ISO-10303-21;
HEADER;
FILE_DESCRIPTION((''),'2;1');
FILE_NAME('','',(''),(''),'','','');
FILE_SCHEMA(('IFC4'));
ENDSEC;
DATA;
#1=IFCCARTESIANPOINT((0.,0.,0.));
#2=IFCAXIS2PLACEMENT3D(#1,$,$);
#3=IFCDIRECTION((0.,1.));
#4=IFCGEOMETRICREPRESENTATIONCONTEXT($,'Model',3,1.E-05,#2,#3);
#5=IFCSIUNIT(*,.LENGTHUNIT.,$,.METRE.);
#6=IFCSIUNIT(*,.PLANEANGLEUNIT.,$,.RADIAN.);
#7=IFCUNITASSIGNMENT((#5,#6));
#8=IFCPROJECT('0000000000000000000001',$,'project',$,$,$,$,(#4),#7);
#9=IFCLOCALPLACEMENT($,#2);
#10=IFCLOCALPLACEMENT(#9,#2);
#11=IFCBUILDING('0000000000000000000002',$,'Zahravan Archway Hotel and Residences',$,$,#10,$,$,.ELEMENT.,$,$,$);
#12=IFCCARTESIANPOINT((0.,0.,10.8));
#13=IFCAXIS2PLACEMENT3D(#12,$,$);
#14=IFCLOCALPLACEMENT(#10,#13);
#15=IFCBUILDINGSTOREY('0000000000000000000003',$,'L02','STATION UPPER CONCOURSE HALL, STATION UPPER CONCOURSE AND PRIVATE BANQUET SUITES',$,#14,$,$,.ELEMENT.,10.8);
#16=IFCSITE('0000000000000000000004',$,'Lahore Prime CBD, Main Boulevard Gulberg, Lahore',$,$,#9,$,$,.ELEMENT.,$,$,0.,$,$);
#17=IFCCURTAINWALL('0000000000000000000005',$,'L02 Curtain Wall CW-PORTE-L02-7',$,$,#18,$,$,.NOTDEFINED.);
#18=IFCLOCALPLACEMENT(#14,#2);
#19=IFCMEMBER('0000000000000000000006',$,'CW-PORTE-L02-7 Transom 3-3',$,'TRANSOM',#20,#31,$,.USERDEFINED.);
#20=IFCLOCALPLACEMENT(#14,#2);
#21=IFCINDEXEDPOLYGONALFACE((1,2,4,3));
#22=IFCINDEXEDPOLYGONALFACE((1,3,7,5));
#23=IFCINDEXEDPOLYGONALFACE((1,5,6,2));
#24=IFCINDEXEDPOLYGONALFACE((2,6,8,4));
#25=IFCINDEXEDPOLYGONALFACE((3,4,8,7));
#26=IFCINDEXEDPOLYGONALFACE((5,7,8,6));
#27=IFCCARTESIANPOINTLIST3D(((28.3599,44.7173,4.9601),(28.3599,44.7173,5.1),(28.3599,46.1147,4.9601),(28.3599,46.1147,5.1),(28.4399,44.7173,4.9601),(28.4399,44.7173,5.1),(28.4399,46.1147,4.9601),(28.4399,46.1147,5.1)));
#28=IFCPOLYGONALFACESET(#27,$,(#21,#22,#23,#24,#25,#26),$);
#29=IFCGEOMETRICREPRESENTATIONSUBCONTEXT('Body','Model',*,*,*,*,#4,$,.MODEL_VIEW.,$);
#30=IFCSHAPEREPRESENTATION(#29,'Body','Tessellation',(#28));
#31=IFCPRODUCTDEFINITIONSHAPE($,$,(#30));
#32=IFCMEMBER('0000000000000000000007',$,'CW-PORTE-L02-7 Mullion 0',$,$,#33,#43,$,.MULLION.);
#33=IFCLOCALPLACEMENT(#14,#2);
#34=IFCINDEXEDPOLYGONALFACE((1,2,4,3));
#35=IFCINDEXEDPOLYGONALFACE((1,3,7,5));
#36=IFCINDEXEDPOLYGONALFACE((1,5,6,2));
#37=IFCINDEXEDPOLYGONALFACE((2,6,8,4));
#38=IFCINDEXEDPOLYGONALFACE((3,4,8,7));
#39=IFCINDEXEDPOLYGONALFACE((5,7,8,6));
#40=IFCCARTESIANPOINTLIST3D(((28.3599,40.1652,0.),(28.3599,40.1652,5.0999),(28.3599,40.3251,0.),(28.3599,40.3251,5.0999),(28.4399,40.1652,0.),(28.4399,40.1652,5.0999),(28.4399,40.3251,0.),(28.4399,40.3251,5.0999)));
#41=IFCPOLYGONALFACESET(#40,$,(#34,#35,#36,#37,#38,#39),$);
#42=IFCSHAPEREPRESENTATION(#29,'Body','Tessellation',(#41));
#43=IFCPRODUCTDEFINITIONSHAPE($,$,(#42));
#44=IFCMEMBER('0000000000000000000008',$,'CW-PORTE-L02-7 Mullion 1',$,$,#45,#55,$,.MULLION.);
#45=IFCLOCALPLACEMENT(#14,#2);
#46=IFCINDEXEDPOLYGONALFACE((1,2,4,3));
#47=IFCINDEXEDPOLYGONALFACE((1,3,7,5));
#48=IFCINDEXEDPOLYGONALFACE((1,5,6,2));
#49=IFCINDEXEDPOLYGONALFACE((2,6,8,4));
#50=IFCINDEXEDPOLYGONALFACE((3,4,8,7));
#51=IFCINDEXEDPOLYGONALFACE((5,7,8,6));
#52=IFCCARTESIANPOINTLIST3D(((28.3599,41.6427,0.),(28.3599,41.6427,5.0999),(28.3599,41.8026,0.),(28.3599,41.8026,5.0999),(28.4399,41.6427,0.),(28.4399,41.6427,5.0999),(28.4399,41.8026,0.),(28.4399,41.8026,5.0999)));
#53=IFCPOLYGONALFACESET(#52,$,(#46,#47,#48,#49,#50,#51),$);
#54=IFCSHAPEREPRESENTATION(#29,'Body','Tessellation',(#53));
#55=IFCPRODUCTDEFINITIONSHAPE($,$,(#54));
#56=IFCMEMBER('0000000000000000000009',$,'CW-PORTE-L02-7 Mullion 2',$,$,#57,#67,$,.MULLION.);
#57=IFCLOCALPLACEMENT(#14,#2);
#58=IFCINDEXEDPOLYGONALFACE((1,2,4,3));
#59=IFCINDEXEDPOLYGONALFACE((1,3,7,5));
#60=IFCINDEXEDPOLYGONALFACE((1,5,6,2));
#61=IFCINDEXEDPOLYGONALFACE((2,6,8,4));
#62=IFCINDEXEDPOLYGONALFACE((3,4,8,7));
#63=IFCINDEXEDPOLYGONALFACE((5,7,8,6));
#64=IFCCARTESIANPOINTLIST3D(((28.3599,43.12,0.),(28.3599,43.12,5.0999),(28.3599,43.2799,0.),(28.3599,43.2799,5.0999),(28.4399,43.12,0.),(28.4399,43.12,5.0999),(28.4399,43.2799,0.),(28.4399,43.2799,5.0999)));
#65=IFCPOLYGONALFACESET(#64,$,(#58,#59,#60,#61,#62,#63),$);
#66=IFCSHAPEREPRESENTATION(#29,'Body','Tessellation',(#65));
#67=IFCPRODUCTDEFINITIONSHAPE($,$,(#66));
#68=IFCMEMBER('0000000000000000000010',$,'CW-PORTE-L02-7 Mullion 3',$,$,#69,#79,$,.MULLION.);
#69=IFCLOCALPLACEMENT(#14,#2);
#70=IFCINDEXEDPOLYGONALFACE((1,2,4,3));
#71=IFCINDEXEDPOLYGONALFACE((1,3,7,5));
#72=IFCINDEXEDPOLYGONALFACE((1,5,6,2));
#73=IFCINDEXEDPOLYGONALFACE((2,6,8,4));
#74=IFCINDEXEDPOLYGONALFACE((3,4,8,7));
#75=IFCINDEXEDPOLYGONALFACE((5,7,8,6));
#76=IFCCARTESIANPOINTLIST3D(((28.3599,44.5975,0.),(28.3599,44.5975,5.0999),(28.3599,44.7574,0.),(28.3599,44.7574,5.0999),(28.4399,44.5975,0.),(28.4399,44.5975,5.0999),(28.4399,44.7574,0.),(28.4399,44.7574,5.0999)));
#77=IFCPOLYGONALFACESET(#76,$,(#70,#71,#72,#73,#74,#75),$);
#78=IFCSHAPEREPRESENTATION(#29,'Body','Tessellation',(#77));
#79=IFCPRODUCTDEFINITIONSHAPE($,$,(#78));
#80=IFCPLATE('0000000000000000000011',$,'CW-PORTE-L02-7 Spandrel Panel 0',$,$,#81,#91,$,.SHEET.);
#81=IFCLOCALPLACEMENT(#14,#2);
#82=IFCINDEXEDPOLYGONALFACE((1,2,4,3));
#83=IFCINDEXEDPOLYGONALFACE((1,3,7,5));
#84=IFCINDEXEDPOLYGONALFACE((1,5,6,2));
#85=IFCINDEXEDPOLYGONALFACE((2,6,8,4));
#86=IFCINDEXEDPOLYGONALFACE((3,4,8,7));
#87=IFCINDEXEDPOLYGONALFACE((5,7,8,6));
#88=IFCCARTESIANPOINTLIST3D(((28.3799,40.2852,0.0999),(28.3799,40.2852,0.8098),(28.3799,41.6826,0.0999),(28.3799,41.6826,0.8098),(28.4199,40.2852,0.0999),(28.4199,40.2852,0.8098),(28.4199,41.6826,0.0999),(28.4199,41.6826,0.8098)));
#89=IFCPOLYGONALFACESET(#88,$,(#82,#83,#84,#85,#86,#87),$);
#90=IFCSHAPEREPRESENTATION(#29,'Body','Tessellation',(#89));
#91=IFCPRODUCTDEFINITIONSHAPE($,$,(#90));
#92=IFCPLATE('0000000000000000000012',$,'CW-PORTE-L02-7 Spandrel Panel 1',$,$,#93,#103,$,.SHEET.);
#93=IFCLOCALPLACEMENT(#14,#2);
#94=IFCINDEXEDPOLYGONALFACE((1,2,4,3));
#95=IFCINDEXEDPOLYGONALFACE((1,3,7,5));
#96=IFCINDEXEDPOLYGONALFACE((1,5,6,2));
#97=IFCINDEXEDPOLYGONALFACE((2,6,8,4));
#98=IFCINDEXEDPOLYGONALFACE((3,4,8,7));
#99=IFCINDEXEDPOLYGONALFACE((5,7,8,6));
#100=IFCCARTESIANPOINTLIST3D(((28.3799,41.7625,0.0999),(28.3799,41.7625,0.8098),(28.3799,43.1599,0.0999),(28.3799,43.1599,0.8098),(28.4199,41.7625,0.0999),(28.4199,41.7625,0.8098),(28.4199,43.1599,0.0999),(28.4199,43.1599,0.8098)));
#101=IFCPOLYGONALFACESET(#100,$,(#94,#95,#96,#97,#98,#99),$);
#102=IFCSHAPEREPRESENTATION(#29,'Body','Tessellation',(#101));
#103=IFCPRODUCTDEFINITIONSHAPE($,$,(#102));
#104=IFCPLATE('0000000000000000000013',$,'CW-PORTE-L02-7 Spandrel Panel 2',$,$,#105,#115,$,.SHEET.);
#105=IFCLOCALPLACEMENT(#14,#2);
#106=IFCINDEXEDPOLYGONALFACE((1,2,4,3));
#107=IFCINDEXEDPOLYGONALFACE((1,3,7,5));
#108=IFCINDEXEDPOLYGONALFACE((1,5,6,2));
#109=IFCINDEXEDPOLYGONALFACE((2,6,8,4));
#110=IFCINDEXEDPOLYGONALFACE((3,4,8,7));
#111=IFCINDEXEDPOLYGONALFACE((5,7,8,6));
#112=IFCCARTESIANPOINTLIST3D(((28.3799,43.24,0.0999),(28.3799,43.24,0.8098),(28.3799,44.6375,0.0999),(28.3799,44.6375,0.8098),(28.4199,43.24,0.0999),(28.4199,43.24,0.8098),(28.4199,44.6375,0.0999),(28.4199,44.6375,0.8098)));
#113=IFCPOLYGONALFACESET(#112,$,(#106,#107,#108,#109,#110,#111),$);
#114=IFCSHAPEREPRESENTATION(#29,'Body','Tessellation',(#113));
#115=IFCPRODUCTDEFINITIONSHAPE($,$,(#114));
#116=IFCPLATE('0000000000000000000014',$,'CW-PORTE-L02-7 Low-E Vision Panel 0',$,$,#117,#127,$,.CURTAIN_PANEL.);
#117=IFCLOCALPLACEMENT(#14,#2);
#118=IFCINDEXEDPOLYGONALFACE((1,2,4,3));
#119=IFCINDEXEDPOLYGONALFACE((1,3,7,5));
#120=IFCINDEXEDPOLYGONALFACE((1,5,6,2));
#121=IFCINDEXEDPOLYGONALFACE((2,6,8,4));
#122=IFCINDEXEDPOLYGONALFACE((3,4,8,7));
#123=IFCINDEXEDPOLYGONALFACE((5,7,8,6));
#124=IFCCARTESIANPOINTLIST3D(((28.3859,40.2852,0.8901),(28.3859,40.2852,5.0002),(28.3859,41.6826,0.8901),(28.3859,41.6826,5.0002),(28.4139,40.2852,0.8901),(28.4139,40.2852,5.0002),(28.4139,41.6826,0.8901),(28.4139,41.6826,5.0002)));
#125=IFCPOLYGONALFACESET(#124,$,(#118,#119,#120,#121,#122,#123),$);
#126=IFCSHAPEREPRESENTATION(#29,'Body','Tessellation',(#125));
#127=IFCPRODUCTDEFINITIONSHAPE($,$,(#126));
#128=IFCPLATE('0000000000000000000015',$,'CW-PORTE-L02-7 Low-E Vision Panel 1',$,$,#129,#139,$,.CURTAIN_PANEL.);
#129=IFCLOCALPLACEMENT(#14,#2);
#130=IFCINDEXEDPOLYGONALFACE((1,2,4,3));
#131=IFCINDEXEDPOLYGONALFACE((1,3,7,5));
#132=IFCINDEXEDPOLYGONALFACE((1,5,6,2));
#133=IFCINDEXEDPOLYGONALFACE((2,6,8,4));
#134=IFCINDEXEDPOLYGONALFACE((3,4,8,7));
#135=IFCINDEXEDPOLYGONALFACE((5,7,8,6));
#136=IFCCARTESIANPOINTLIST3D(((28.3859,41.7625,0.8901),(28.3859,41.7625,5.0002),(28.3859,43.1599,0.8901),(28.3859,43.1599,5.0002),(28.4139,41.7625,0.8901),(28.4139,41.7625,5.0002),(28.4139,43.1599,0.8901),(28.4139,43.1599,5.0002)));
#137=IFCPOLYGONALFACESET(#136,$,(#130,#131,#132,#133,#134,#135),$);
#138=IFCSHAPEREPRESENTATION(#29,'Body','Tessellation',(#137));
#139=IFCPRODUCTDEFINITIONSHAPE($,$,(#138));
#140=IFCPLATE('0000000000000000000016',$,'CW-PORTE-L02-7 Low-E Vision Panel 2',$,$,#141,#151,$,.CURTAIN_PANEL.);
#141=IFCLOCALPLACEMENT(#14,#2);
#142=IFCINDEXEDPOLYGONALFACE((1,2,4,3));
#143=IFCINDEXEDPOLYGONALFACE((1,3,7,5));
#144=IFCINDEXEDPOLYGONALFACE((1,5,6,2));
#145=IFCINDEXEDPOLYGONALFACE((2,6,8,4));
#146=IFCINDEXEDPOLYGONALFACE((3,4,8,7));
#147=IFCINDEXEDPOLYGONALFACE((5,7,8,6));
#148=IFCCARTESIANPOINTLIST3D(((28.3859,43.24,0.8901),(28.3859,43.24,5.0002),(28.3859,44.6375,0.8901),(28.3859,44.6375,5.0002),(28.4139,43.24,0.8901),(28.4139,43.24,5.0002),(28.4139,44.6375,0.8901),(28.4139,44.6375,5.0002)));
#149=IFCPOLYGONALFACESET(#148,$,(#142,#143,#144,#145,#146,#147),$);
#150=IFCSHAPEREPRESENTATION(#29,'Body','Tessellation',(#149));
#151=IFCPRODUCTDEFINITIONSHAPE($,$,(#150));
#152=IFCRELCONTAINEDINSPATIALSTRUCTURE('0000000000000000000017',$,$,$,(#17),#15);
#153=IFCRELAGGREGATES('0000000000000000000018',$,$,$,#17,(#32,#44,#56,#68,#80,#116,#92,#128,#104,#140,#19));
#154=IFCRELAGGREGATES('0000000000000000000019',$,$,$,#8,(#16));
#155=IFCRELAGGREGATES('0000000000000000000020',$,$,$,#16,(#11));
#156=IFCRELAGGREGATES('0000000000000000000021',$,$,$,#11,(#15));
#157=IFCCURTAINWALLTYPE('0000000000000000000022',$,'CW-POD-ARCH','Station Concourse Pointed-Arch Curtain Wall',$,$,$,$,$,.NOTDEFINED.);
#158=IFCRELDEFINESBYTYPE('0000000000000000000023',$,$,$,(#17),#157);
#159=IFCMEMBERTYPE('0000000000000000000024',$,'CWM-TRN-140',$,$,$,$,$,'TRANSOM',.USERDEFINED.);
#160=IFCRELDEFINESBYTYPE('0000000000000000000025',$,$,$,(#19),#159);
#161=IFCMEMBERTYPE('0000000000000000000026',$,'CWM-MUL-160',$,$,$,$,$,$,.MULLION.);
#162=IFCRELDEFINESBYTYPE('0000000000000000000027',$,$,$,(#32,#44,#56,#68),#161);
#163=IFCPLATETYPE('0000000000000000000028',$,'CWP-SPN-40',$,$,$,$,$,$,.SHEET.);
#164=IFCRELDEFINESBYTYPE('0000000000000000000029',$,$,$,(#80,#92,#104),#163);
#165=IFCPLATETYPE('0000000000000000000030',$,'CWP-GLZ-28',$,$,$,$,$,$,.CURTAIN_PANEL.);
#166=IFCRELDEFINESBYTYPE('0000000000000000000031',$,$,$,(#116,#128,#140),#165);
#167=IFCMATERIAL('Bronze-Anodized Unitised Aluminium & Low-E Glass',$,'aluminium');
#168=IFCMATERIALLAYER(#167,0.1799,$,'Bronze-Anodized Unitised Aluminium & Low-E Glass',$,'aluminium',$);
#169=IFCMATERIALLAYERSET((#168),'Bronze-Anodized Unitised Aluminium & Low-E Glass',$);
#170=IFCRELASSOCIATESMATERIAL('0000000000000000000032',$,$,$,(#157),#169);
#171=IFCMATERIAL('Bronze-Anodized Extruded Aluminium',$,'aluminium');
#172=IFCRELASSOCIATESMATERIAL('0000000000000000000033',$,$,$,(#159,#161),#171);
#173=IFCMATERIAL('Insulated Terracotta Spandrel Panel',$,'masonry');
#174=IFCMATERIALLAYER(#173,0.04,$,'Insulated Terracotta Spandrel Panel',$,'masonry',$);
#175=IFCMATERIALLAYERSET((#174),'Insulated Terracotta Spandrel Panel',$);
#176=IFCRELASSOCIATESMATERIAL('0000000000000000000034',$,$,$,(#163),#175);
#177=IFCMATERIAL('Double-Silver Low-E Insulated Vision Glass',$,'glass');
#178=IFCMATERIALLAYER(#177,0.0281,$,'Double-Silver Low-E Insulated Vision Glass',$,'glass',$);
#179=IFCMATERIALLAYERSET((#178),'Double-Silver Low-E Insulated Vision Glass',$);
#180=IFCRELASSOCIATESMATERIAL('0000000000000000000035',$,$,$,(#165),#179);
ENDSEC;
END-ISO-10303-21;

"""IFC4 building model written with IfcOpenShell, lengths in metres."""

from ifc_helpers import new_model, si_unit, direction, frame, origin, origin_2d, place, context, subcontext, project, spatial, rectangle, extrude, source, transform, mapped, material, layer, layer_set, material_profile, profile_set, type_object, element, aggregate, save


model = new_model("IFC4")

# Units and contexts
model_context = context("Model", 3, precision=1e-05, world=origin(), true_north=direction((0.0, 1.0)))
body_context = subcontext(model_context, "Body", "Model", "MODEL_VIEW")
ifc_project = project(units=[si_unit("LENGTHUNIT", "METRE"), si_unit("PLANEANGLEUNIT", "RADIAN")], contexts=[model_context])

# Site, building, storey
site_placement = place(None, origin())
site = spatial("IfcSite", under=ifc_project, at=site_placement, Name="Lahore Prime CBD, Main Boulevard Gulberg, Lahore", CompositionType="ELEMENT", RefElevation=0.0)
building_placement = place(site_placement, origin())
building = spatial("IfcBuilding", under=site, at=building_placement, Name="Zahravan Archway Hotel and Residences", CompositionType="ELEMENT")
storey_placement = place(building_placement, frame((0.0, 0.0, 10.8)))
storey = spatial("IfcBuildingStorey", under=building, at=storey_placement, Name="L02", Description="STATION UPPER CONCOURSE HALL, STATION UPPER CONCOURSE AND PRIVATE BANQUET SUITES", CompositionType="ELEMENT", Elevation=10.8)

# Curtain wall, members, plates
ifc_material_1 = material(Name="Bronze-Anodized Unitised Aluminium & Low-E Glass", Category="aluminium")
ifc_layer_1 = layer(ifc_material_1, 0.1799, Name="Bronze-Anodized Unitised Aluminium & Low-E Glass", Category="aluminium")
ifc_layer_set_1 = layer_set([ifc_layer_1], Name="Bronze-Anodized Unitised Aluminium & Low-E Glass")
curtain_wall_type = type_object("IfcCurtainWallType", Name="CW-POD-ARCH", Description="Station Concourse Pointed-Arch Curtain Wall", PredefinedType="NOTDEFINED", material=ifc_layer_set_1)
curtain_wall_placement = place(storey_placement, origin())
curtain_wall = element("IfcCurtainWall", 1, at=curtain_wall_placement, inside=storey, type_object=curtain_wall_type, Name="L02 Curtain Wall CW-PORTE-L02-7", PredefinedType="NOTDEFINED")
ifc_material_2 = material(Name="Bronze-Anodized Extruded Aluminium", Category="aluminium")
ifc_material_profile_1 = material_profile(ifc_material_2, rectangle(XDim=0.0801, YDim=0.1399, at=origin_2d()), Name="TRN 80x140", Category="aluminium")
ifc_profile_set_1 = profile_set([ifc_material_profile_1], Name="Bronze-Anodized Extruded Aluminium")
member_type_1 = type_object("IfcMemberType", Name="CWM-TRN-140", ElementType="TRANSOM", PredefinedType="USERDEFINED", material=ifc_profile_set_1)
shared_shape_1 = source(origin(), body_context, "Body", "SweptSolid", [
    extrude(rectangle(XDim=0.0801, YDim=0.1399, at=origin_2d()), origin(), (0.0, 0.0, 1.0), 1.3975),
])
member_1_placement = place(storey_placement, frame((28.3999, 44.7173, 5.03), z_axis=(0.0, 1.0, 0.0), x_axis=(-1.0, 0.0, 0.0)))
member_1 = element("IfcMember", 2, at=member_1_placement, type_object=member_type_1, Name="CW-PORTE-L02-7 Transom 3-3", ObjectType="TRANSOM", PredefinedType="USERDEFINED", context=body_context, shape_type="MappedRepresentation", body=[
    mapped(shared_shape_1, transform((0.0, 0.0, 0.0), scale=1.0)),
])
ifc_material_profile_2 = material_profile(ifc_material_2, rectangle(XDim=0.0801, YDim=0.1599, at=origin_2d()), Name="MUL 80x160", Category="aluminium")
ifc_profile_set_2 = profile_set([ifc_material_profile_2], Name="Bronze-Anodized Extruded Aluminium")
member_type_2 = type_object("IfcMemberType", Name="CWM-MUL-160", PredefinedType="MULLION", material=ifc_profile_set_2)
shared_shape_2 = source(origin(), body_context, "Body", "SweptSolid", [
    extrude(rectangle(XDim=0.0801, YDim=0.1599, at=origin_2d()), origin(), (0.0, 0.0, 1.0), 5.0999),
])
member_2_placement = place(storey_placement, frame((28.3999, 40.2451, 0.0), z_axis=(0.0, 0.0, 1.0), x_axis=(1.0, 0.0, 0.0)))
member_2 = element("IfcMember", 3, at=member_2_placement, type_object=member_type_2, Name="CW-PORTE-L02-7 Mullion 0", PredefinedType="MULLION", context=body_context, shape_type="MappedRepresentation", body=[
    mapped(shared_shape_2, transform((0.0, 0.0, 0.0), scale=1.0)),
])
member_3_placement = place(storey_placement, frame((28.3999, 41.7227, 0.0), z_axis=(0.0, 0.0, 1.0), x_axis=(1.0, 0.0, 0.0)))
member_3 = element("IfcMember", 4, at=member_3_placement, type_object=member_type_2, Name="CW-PORTE-L02-7 Mullion 1", PredefinedType="MULLION", context=body_context, shape_type="MappedRepresentation", body=[
    mapped(shared_shape_2, transform((0.0, 0.0, 0.0), scale=1.0)),
])
member_4_placement = place(storey_placement, frame((28.3999, 43.2, 0.0), z_axis=(0.0, 0.0, 1.0), x_axis=(1.0, 0.0, 0.0)))
member_4 = element("IfcMember", 5, at=member_4_placement, type_object=member_type_2, Name="CW-PORTE-L02-7 Mullion 2", PredefinedType="MULLION", context=body_context, shape_type="MappedRepresentation", body=[
    mapped(shared_shape_2, transform((0.0, 0.0, 0.0), scale=1.0)),
])
member_5_placement = place(storey_placement, frame((28.3999, 44.6775, 0.0), z_axis=(0.0, 0.0, 1.0), x_axis=(1.0, 0.0, 0.0)))
member_5 = element("IfcMember", 6, at=member_5_placement, type_object=member_type_2, Name="CW-PORTE-L02-7 Mullion 3", PredefinedType="MULLION", context=body_context, shape_type="MappedRepresentation", body=[
    mapped(shared_shape_2, transform((0.0, 0.0, 0.0), scale=1.0)),
])
ifc_material_3 = material(Name="Insulated Terracotta Spandrel Panel", Category="masonry")
ifc_layer_2 = layer(ifc_material_3, 0.04, Name="Insulated Terracotta Spandrel Panel", Category="masonry")
ifc_layer_set_2 = layer_set([ifc_layer_2], Name="Insulated Terracotta Spandrel Panel")
plate_type_1 = type_object("IfcPlateType", Name="CWP-SPN-40", PredefinedType="SHEET", material=ifc_layer_set_2)
shared_shape_3 = source(origin(), body_context, "Body", "SweptSolid", [
    extrude(rectangle(XDim=1.3975, YDim=0.04, at=origin_2d()), origin(), (0.0, 0.0, 1.0), 0.71),
])
plate_1_placement = place(storey_placement, frame((28.3999, 40.9839, 0.0999), z_axis=(0.0, 0.0, 1.0), x_axis=(0.0, 1.0, 0.0)))
plate_1 = element("IfcPlate", 7, at=plate_1_placement, type_object=plate_type_1, Name="CW-PORTE-L02-7 Spandrel Panel 0", PredefinedType="SHEET", context=body_context, shape_type="MappedRepresentation", body=[
    mapped(shared_shape_3, transform((0.0, 0.0, 0.0), scale=1.0)),
])
plate_2_placement = place(storey_placement, frame((28.3999, 42.4612, 0.0999), z_axis=(0.0, 0.0, 1.0), x_axis=(0.0, 1.0, 0.0)))
plate_2 = element("IfcPlate", 8, at=plate_2_placement, type_object=plate_type_1, Name="CW-PORTE-L02-7 Spandrel Panel 1", PredefinedType="SHEET", context=body_context, shape_type="MappedRepresentation", body=[
    mapped(shared_shape_3, transform((0.0, 0.0, 0.0), scale=1.0)),
])
plate_3_placement = place(storey_placement, frame((28.3999, 43.9387, 0.0999), z_axis=(0.0, 0.0, 1.0), x_axis=(0.0, 1.0, 0.0)))
plate_3 = element("IfcPlate", 9, at=plate_3_placement, type_object=plate_type_1, Name="CW-PORTE-L02-7 Spandrel Panel 2", PredefinedType="SHEET", context=body_context, shape_type="MappedRepresentation", body=[
    mapped(shared_shape_3, transform((0.0, 0.0, 0.0), scale=1.0)),
])
ifc_material_4 = material(Name="Double-Silver Low-E Insulated Vision Glass", Category="glass")
ifc_layer_3 = layer(ifc_material_4, 0.0281, Name="Double-Silver Low-E Insulated Vision Glass", Category="glass")
ifc_layer_set_3 = layer_set([ifc_layer_3], Name="Double-Silver Low-E Insulated Vision Glass")
plate_type_2 = type_object("IfcPlateType", Name="CWP-GLZ-28", PredefinedType="CURTAIN_PANEL", material=ifc_layer_set_3)
shared_shape_4 = source(origin(), body_context, "Body", "SweptSolid", [
    extrude(rectangle(XDim=1.3975, YDim=0.0281, at=origin_2d()), origin(), (0.0, 0.0, 1.0), 4.1101),
])
plate_4_placement = place(storey_placement, frame((28.3999, 40.9839, 0.8901), z_axis=(0.0, 0.0, 1.0), x_axis=(0.0, 1.0, 0.0)))
plate_4 = element("IfcPlate", 10, at=plate_4_placement, type_object=plate_type_2, Name="CW-PORTE-L02-7 Low-E Vision Panel 0", PredefinedType="CURTAIN_PANEL", context=body_context, shape_type="MappedRepresentation", body=[
    mapped(shared_shape_4, transform((0.0, 0.0, 0.0), scale=1.0)),
])
plate_5_placement = place(storey_placement, frame((28.3999, 42.4612, 0.8901), z_axis=(0.0, 0.0, 1.0), x_axis=(0.0, 1.0, 0.0)))
plate_5 = element("IfcPlate", 11, at=plate_5_placement, type_object=plate_type_2, Name="CW-PORTE-L02-7 Low-E Vision Panel 1", PredefinedType="CURTAIN_PANEL", context=body_context, shape_type="MappedRepresentation", body=[
    mapped(shared_shape_4, transform((0.0, 0.0, 0.0), scale=1.0)),
])
plate_6_placement = place(storey_placement, frame((28.3999, 43.9387, 0.8901), z_axis=(0.0, 0.0, 1.0), x_axis=(0.0, 1.0, 0.0)))
plate_6 = element("IfcPlate", 12, at=plate_6_placement, type_object=plate_type_2, Name="CW-PORTE-L02-7 Low-E Vision Panel 2", PredefinedType="CURTAIN_PANEL", context=body_context, shape_type="MappedRepresentation", body=[
    mapped(shared_shape_4, transform((0.0, 0.0, 0.0), scale=1.0)),
])
aggregate(curtain_wall, [member_2, member_3, member_4, member_5, plate_1, plate_4, plate_2, plate_5, plate_3, plate_6, member_1])

save(model, "model.ifc")
